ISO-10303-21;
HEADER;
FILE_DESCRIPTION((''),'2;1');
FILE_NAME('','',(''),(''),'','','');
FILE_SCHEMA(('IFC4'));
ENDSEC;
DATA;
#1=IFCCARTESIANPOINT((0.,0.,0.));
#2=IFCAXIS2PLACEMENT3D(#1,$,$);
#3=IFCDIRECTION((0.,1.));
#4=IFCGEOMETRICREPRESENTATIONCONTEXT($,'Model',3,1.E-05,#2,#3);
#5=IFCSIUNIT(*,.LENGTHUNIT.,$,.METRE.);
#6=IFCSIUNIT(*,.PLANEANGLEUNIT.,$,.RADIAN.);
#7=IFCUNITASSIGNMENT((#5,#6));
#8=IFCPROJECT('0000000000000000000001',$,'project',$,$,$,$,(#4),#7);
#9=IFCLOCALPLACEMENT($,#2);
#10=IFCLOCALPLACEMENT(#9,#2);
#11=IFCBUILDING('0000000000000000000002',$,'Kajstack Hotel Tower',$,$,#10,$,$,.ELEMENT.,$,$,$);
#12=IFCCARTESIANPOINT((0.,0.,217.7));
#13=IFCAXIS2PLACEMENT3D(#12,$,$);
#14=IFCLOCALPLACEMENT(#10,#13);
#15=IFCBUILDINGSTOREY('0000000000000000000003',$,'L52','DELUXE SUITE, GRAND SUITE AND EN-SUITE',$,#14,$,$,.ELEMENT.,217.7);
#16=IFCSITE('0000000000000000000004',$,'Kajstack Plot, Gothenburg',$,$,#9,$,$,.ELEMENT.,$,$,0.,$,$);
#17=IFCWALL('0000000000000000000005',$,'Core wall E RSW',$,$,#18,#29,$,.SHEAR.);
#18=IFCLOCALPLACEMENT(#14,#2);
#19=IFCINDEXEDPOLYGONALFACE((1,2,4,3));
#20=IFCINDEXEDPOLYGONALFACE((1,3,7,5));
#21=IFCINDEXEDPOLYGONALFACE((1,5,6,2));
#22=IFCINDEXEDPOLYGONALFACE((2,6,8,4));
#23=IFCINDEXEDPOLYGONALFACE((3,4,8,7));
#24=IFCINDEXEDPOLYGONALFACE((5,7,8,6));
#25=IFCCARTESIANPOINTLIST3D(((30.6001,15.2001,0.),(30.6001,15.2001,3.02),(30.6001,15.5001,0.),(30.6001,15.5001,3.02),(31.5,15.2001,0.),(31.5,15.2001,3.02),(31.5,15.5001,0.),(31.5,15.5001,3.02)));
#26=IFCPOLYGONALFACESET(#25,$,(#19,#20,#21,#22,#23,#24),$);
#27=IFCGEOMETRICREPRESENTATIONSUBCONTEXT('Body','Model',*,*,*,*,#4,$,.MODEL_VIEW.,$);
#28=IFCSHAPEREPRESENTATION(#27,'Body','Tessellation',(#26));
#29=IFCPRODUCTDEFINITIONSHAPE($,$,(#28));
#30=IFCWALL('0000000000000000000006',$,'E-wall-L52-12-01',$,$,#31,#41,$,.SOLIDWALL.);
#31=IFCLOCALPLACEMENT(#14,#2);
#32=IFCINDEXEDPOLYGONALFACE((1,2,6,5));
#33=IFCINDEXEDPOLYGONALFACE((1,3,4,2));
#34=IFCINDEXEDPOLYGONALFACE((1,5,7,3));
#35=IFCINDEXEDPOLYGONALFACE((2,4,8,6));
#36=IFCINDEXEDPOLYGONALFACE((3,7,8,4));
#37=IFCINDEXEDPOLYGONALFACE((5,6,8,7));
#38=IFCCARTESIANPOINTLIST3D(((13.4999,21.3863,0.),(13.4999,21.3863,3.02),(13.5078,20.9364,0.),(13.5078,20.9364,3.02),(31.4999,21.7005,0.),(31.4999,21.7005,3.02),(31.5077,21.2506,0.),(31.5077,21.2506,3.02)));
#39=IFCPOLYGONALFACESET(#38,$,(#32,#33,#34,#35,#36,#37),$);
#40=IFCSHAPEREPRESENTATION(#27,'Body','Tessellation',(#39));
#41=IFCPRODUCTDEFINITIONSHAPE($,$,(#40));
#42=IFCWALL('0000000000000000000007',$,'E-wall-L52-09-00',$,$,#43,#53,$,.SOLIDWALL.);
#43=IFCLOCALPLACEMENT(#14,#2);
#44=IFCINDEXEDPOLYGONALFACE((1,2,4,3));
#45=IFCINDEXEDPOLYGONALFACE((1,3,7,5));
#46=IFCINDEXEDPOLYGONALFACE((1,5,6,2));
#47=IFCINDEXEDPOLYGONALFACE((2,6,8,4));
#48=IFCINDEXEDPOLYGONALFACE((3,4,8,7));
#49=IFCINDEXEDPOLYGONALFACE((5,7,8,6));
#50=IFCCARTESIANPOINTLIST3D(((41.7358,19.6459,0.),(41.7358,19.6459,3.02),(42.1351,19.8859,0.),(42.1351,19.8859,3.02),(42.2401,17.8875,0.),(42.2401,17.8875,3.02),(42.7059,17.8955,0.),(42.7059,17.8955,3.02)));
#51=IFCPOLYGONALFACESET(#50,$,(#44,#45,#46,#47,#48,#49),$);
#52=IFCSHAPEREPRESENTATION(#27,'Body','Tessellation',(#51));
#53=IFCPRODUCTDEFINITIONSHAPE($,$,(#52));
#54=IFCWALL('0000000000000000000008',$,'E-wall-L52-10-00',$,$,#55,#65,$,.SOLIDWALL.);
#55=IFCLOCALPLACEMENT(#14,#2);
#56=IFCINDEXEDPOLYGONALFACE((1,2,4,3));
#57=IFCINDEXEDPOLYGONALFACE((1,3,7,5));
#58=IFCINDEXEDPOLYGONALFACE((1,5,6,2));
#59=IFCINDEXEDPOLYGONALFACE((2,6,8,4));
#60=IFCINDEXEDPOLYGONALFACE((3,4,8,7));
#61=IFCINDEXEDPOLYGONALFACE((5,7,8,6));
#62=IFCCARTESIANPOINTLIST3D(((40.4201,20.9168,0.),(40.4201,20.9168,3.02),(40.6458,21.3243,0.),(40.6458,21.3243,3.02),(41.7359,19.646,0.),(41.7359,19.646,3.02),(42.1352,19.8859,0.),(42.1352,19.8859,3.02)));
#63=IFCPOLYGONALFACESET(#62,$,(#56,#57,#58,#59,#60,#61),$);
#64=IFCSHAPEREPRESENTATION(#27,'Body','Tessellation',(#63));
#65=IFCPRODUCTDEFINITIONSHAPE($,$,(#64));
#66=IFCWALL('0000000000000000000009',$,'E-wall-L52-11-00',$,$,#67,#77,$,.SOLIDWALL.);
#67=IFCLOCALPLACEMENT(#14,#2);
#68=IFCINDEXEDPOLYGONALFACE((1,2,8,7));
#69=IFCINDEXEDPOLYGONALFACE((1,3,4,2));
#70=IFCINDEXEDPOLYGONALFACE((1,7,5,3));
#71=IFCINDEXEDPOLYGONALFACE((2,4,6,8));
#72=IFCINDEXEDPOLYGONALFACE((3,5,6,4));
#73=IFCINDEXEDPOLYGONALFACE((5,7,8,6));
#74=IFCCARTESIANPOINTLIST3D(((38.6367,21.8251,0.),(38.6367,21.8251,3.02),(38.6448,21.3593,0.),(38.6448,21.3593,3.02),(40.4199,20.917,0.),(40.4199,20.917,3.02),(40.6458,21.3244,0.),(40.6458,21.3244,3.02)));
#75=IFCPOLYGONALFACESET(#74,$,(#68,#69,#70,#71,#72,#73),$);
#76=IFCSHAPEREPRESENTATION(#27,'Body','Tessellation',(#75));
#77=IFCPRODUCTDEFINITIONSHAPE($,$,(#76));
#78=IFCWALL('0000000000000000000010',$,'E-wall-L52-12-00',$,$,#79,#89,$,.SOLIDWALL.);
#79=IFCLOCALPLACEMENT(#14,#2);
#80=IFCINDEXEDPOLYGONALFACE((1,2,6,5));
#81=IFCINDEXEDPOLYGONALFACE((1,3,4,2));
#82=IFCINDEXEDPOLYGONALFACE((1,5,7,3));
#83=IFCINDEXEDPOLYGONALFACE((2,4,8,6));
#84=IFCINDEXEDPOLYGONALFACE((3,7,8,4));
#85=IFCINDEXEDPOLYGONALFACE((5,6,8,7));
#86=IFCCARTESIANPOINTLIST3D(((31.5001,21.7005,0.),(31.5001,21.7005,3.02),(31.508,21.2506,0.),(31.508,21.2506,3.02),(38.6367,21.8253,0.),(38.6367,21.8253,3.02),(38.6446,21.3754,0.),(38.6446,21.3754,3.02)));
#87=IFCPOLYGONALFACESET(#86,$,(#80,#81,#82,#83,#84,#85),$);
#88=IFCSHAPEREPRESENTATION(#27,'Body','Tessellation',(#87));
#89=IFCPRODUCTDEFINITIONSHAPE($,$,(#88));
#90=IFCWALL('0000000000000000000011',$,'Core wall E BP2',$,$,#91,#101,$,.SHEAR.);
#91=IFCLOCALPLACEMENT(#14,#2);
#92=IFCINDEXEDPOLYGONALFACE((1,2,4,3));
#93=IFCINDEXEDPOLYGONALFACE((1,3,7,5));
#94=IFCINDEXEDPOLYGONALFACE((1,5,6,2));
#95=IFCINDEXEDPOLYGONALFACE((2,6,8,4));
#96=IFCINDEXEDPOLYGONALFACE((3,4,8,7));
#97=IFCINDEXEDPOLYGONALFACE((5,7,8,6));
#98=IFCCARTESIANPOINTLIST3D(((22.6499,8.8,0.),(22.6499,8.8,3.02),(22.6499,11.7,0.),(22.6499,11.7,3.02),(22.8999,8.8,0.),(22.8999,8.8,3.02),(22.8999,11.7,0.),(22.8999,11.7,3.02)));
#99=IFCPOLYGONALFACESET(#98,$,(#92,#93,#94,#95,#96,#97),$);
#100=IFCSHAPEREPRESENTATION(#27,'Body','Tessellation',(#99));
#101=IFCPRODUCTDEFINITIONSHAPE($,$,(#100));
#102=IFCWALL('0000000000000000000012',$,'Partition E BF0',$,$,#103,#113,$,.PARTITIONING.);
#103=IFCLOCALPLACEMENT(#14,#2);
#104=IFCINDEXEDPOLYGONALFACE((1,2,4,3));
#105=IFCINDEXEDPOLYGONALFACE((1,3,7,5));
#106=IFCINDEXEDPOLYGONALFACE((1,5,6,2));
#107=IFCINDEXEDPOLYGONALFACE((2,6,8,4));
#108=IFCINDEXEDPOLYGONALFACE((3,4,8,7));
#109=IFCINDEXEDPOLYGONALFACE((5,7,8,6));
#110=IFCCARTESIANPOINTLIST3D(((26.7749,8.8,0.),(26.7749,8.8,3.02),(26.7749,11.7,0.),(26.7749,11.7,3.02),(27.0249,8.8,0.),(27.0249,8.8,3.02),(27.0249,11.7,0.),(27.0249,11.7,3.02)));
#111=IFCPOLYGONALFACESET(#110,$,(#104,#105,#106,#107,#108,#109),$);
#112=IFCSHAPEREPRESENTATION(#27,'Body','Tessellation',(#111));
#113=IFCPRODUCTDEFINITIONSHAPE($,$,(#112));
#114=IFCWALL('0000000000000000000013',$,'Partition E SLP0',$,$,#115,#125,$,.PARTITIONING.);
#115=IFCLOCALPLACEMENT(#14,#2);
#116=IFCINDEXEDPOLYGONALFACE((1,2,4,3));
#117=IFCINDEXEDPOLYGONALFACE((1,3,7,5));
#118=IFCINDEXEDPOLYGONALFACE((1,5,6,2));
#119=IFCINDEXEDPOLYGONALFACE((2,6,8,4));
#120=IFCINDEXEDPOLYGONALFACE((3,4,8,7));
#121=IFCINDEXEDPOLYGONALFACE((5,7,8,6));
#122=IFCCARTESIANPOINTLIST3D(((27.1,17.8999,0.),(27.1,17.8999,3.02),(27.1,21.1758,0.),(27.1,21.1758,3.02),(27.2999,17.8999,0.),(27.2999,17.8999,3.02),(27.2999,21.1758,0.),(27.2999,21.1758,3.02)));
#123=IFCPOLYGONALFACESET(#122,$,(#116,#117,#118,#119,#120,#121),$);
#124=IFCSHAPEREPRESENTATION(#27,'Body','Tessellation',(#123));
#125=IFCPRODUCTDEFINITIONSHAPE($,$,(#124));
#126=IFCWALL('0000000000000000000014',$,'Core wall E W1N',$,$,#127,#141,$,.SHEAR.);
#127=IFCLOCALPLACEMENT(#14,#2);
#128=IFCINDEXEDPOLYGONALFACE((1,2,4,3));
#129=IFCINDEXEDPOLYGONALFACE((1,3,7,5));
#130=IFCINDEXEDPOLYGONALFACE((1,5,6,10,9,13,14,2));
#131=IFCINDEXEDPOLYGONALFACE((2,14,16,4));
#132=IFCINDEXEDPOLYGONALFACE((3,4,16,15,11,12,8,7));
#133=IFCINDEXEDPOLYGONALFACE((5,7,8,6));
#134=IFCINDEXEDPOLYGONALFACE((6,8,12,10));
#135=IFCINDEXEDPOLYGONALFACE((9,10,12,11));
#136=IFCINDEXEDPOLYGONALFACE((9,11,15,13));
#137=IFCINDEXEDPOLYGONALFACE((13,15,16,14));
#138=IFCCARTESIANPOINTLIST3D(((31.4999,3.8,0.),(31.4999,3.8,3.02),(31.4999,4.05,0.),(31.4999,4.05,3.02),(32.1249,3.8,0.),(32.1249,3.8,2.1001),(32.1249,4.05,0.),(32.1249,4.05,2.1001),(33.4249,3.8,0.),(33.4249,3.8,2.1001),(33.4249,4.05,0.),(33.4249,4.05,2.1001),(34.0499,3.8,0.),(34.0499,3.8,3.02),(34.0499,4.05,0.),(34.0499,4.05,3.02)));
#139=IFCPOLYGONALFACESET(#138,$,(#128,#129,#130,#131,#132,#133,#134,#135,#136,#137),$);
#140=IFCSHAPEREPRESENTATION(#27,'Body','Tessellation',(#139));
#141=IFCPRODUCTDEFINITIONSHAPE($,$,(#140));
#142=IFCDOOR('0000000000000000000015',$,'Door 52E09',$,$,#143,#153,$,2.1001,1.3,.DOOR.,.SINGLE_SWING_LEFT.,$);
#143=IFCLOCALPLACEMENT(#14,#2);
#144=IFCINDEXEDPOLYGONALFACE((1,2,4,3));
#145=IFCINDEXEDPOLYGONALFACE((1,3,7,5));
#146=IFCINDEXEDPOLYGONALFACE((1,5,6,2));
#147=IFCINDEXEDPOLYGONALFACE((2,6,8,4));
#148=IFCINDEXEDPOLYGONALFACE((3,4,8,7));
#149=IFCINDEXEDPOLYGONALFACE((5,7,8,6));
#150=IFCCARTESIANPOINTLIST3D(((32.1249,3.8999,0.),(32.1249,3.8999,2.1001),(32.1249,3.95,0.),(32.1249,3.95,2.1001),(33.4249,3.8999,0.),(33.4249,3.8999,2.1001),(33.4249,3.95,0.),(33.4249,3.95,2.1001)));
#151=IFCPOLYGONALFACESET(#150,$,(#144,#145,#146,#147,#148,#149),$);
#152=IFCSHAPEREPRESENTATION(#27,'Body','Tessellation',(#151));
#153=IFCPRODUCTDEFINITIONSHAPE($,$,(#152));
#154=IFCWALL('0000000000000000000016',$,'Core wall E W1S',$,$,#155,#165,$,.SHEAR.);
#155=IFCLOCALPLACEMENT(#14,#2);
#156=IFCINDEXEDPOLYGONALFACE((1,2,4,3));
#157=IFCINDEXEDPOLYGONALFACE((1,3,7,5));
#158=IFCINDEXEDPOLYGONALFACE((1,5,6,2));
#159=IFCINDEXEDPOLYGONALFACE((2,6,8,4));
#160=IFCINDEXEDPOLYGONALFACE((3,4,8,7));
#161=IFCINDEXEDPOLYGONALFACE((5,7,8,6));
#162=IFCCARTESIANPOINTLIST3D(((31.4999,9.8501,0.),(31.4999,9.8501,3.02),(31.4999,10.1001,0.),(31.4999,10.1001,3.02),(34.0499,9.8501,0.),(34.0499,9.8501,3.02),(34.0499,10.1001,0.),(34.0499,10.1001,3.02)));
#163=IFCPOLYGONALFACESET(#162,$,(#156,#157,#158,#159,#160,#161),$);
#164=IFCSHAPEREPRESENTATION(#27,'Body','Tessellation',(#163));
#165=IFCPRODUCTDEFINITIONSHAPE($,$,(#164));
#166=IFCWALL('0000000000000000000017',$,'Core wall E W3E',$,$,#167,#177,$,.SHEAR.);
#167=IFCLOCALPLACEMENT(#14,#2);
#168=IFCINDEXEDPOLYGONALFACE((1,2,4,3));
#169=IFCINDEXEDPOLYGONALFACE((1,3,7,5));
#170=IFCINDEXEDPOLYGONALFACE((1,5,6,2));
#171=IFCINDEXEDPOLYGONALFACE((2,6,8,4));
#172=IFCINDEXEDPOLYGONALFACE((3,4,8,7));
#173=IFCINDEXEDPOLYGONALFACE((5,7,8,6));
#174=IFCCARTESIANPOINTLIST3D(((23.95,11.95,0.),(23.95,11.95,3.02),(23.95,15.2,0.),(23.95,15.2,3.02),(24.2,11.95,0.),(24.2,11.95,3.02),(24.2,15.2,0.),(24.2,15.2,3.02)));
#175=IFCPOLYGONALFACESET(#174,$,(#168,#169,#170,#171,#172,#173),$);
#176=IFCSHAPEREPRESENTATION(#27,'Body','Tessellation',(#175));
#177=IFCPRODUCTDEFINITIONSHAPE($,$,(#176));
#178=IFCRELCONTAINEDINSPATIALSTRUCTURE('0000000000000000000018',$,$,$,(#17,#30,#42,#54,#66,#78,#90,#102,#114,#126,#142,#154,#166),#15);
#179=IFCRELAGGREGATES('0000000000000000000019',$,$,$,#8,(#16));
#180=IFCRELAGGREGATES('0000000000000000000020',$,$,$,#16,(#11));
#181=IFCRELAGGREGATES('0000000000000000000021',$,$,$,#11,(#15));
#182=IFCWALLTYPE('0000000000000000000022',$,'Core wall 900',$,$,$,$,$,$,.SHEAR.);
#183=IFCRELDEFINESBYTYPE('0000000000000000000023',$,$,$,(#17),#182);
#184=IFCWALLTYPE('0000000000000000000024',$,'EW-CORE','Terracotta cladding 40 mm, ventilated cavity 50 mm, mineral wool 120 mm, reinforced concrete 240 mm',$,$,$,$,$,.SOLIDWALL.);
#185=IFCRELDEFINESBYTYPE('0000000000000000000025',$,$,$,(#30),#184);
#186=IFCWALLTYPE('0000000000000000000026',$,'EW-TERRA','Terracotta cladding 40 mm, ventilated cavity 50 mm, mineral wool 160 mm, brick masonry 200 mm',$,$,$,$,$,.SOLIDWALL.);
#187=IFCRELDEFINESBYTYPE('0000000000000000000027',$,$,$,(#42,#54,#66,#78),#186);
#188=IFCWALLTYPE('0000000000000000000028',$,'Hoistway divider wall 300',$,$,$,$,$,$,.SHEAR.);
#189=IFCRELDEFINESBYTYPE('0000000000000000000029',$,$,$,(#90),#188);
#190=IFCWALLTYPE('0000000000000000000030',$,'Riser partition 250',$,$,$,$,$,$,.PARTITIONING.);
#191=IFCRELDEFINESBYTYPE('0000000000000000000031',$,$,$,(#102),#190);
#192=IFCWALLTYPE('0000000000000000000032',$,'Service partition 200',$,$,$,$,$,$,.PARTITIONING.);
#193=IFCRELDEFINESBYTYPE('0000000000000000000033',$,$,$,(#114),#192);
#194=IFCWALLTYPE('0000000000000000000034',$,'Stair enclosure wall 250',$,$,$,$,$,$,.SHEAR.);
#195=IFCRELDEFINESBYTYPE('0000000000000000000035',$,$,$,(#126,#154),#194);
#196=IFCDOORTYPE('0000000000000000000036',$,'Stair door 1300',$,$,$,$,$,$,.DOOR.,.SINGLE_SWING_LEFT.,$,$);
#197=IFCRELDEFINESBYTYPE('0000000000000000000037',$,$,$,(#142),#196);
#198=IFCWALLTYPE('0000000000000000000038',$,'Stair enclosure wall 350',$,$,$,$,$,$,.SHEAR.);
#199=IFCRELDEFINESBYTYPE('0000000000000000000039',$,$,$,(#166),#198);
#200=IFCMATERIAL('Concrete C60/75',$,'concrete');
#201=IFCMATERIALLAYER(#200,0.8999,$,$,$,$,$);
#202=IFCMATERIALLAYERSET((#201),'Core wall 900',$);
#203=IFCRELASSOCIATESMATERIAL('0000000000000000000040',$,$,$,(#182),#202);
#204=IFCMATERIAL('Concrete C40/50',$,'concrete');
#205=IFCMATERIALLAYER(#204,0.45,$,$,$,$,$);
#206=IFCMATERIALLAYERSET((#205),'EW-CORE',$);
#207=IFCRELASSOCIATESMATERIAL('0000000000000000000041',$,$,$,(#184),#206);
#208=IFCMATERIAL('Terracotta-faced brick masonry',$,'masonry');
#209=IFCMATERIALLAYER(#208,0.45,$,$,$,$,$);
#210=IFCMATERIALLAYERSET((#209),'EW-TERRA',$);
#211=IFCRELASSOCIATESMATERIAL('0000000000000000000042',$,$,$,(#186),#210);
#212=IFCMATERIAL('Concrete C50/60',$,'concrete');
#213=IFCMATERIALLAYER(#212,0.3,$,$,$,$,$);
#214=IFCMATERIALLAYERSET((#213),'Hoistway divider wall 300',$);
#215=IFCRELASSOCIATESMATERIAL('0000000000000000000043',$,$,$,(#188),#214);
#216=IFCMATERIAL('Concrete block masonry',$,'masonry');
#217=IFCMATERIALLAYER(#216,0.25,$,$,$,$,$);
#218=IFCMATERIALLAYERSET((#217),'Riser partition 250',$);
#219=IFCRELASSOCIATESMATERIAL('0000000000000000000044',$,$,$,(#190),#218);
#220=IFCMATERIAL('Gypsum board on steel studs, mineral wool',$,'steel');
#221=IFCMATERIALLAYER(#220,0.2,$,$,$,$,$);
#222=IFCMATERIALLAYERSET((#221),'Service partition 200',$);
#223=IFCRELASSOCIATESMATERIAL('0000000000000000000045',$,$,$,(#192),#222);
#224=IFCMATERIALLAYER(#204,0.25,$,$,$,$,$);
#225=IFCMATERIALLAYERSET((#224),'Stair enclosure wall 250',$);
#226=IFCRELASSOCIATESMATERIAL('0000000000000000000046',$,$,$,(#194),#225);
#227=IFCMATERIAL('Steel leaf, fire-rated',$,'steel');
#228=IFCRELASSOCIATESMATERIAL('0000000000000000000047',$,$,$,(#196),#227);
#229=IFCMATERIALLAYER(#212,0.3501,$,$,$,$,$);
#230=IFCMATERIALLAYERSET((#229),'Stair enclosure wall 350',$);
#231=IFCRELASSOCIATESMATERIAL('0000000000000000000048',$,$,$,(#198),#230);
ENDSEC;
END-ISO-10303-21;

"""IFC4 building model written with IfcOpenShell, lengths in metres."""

from ifc_helpers import new_model, si_unit, direction, frame, frame_2d, origin, place, context, subcontext, project, spatial, polyline, rectangle, outline, extrude, material, layer, layer_set, type_object, element, fill, save


model = new_model("IFC4")

# Units and contexts
model_context = context("Model", 3, precision=1e-05, world=origin(), true_north=direction((0.0, 1.0)))
body_context = subcontext(model_context, "Body", "Model", "MODEL_VIEW")
ifc_project = project(units=[si_unit("LENGTHUNIT", "METRE"), si_unit("PLANEANGLEUNIT", "RADIAN")], contexts=[model_context])

# Site, building, storey
site_placement = place(None, origin())
site = spatial("IfcSite", under=ifc_project, at=site_placement, Name="Kajstack Plot, Gothenburg", CompositionType="ELEMENT", RefElevation=0.0)
building_placement = place(site_placement, origin())
building = spatial("IfcBuilding", under=site, at=building_placement, Name="Kajstack Hotel Tower", CompositionType="ELEMENT")
storey_placement = place(building_placement, frame((0.0, 0.0, 217.7)))
storey = spatial("IfcBuildingStorey", under=building, at=storey_placement, Name="L52", Description="DELUXE SUITE, GRAND SUITE AND EN-SUITE", CompositionType="ELEMENT", Elevation=217.7)

# Walls
ifc_material_1 = material(Name="Concrete C60/75", Category="concrete")
ifc_layer_1 = layer(ifc_material_1, 0.8999)
ifc_layer_set_1 = layer_set([ifc_layer_1], Name="Core wall 900")
wall_type_1 = type_object("IfcWallType", Name="Core wall 900", PredefinedType="SHEAR", material=ifc_layer_set_1)
wall_1_placement = place(storey_placement, frame((30.6001, 15.3501, 0.0), z_axis=(0.0, 0.0, 1.0), x_axis=(1.0, 0.0, 0.0)))
element("IfcWall", 1, at=wall_1_placement, inside=storey, type_object=wall_type_1, Name="Core wall E RSW", PredefinedType="SHEAR", context=body_context, shape_type="SweptSolid", body=[
    extrude(rectangle(XDim=0.8999, YDim=0.3, at=frame_2d((0.45, 0.0))), origin(), (0.0, 0.0, 1.0), 3.02),
])
ifc_material_2 = material(Name="Concrete C40/50", Category="concrete")
ifc_layer_2 = layer(ifc_material_2, 0.45)
ifc_layer_set_2 = layer_set([ifc_layer_2], Name="EW-CORE")
wall_type_2 = type_object("IfcWallType", Name="EW-CORE", Description="Terracotta cladding 40 mm, ventilated cavity 50 mm, mineral wool 120 mm, reinforced concrete 240 mm", PredefinedType="SOLIDWALL", material=ifc_layer_set_2)
wall_2_placement = place(storey_placement, frame((31.5039, 21.4756, 0.0), z_axis=(0.0, 0.0, 1.0), x_axis=(-0.999848, -0.017453, 0.0)))
element("IfcWall", 2, at=wall_2_placement, inside=storey, type_object=wall_type_2, Name="E-wall-L52-12-01", PredefinedType="SOLIDWALL", context=body_context, shape_type="SweptSolid", body=[
    extrude(rectangle(XDim=18.0027, YDim=0.45, at=frame_2d((9.0015, 0.0))), origin(), (0.0, 0.0, 1.0), 3.02),
])
ifc_material_3 = material(Name="Terracotta-faced brick masonry", Category="masonry")
ifc_layer_3 = layer(ifc_material_3, 0.45)
ifc_layer_set_3 = layer_set([ifc_layer_3], Name="EW-TERRA")
wall_type_3 = type_object("IfcWallType", Name="EW-TERRA", Description="Terracotta cladding 40 mm, ventilated cavity 50 mm, mineral wool 160 mm, brick masonry 200 mm", PredefinedType="SOLIDWALL", material=ifc_layer_set_3)
wall_3_placement = place(storey_placement, frame((42.4895, 17.8335, 0.0), z_axis=(0.0, 0.0, 1.0), x_axis=(-0.275546, 0.961288, 0.0)))
element("IfcWall", 3, at=wall_3_placement, inside=storey, type_object=wall_type_3, Name="E-wall-L52-09-00", PredefinedType="SOLIDWALL", context=body_context, shape_type="SweptSolid", body=[
    extrude(outline(polyline([(0.0, -0.2251), (2.0706, -0.2249), (1.95, 0.2251), (0.1206, 0.2249), (0.0, -0.2251)])), origin(), (0.0, 0.0, 1.0), 3.02),
])
wall_4_placement = place(storey_placement, frame((41.979, 19.7241, 0.0), z_axis=(0.0, 0.0, 1.0), x_axis=(-0.719379, 0.694618, 0.0)))
element("IfcWall", 4, at=wall_4_placement, inside=storey, type_object=wall_type_3, Name="E-wall-L52-10-00", PredefinedType="SOLIDWALL", context=body_context, shape_type="SweptSolid", body=[
    extrude(outline(polyline([(0.0, -0.2249), (2.0706, -0.2251), (1.95, 0.2249), (0.1206, 0.2251), (0.0, -0.2249)])), origin(), (0.0, 0.0, 1.0), 3.02),
])
wall_5_placement = place(storey_placement, frame((40.5913, 21.106, 0.0), z_axis=(0.0, 0.0, 1.0), x_axis=(-0.970288, 0.241953, 0.0)))
element("IfcWall", 5, at=wall_5_placement, inside=storey, type_object=wall_type_3, Name="E-wall-L52-11-00", PredefinedType="SOLIDWALL", context=body_context, shape_type="SweptSolid", body=[
    extrude(outline(polyline([(0.0, -0.2251), (2.0706, -0.2249), (1.95, 0.2251), (0.1206, 0.2249), (0.0, -0.2251)])), origin(), (0.0, 0.0, 1.0), 3.02),
])
wall_6_placement = place(storey_placement, frame((38.6406, 21.6003, 0.0), z_axis=(0.0, 0.0, 1.0), x_axis=(-0.999847, -0.017478, 0.0)))
element("IfcWall", 6, at=wall_6_placement, inside=storey, type_object=wall_type_3, Name="E-wall-L52-12-00", PredefinedType="SOLIDWALL", context=body_context, shape_type="SweptSolid", body=[
    extrude(rectangle(XDim=7.1377, YDim=0.45, at=frame_2d((3.5688, 0.0))), origin(), (0.0, 0.0, 1.0), 3.02),
])
ifc_material_4 = material(Name="Concrete C50/60", Category="concrete")
ifc_layer_4 = layer(ifc_material_4, 0.3)
ifc_layer_set_4 = layer_set([ifc_layer_4], Name="Hoistway divider wall 300")
wall_type_4 = type_object("IfcWallType", Name="Hoistway divider wall 300", PredefinedType="SHEAR", material=ifc_layer_set_4)
wall_7_placement = place(storey_placement, frame((22.7749, 8.8, 0.0), z_axis=(0.0, 0.0, 1.0), x_axis=(0.0, 1.0, 0.0)))
element("IfcWall", 7, at=wall_7_placement, inside=storey, type_object=wall_type_4, Name="Core wall E BP2", PredefinedType="SHEAR", context=body_context, shape_type="SweptSolid", body=[
    extrude(rectangle(XDim=2.8999, YDim=0.25, at=frame_2d((1.45, 0.0))), origin(), (0.0, 0.0, 1.0), 3.02),
])
ifc_material_5 = material(Name="Concrete block masonry", Category="masonry")
ifc_layer_5 = layer(ifc_material_5, 0.25)
ifc_layer_set_5 = layer_set([ifc_layer_5], Name="Riser partition 250")
wall_type_5 = type_object("IfcWallType", Name="Riser partition 250", PredefinedType="PARTITIONING", material=ifc_layer_set_5)
wall_8_placement = place(storey_placement, frame((26.8999, 8.8, 0.0), z_axis=(0.0, 0.0, 1.0), x_axis=(0.0, 1.0, 0.0)))
element("IfcWall", 8, at=wall_8_placement, inside=storey, type_object=wall_type_5, Name="Partition E BF0", PredefinedType="PARTITIONING", context=body_context, shape_type="SweptSolid", body=[
    extrude(rectangle(XDim=2.8999, YDim=0.25, at=frame_2d((1.45, 0.0))), origin(), (0.0, 0.0, 1.0), 3.02),
])
ifc_material_6 = material(Name="Gypsum board on steel studs, mineral wool", Category="steel")
ifc_layer_6 = layer(ifc_material_6, 0.2)
ifc_layer_set_6 = layer_set([ifc_layer_6], Name="Service partition 200")
wall_type_6 = type_object("IfcWallType", Name="Service partition 200", PredefinedType="PARTITIONING", material=ifc_layer_set_6)
wall_9_placement = place(storey_placement, frame((27.2, 17.8999, 0.0), z_axis=(0.0, 0.0, 1.0), x_axis=(0.0, 1.0, 0.0)))
element("IfcWall", 9, at=wall_9_placement, inside=storey, type_object=wall_type_6, Name="Partition E SLP0", PredefinedType="PARTITIONING", context=body_context, shape_type="SweptSolid", body=[
    extrude(rectangle(XDim=3.2759, YDim=0.2, at=frame_2d((1.6379, 0.0))), origin(), (0.0, 0.0, 1.0), 3.02),
])

# Wall, opening, door
ifc_layer_7 = layer(ifc_material_2, 0.25)
ifc_layer_set_7 = layer_set([ifc_layer_7], Name="Stair enclosure wall 250")
wall_type_7 = type_object("IfcWallType", Name="Stair enclosure wall 250", PredefinedType="SHEAR", material=ifc_layer_set_7)
wall_10_placement = place(storey_placement, frame((31.5, 3.925, 0.0), z_axis=(0.0, 0.0, 1.0), x_axis=(1.0, 0.0, 0.0)))
wall_10 = element("IfcWall", 10, at=wall_10_placement, inside=storey, type_object=wall_type_7, Name="Core wall E W1N", PredefinedType="SHEAR", context=body_context, shape_type="SweptSolid", body=[
    extrude(rectangle(XDim=2.55, YDim=0.25, at=frame_2d((1.2749, 0.0))), origin(), (0.0, 0.0, 1.0), 3.02),
])
opening_placement = place(wall_10_placement, frame((0.625, 0.0, 0.0)))
opening = element("IfcOpeningElement", 11, at=opening_placement, cuts=wall_10, PredefinedType="OPENING", context=body_context, shape_type="SweptSolid", body=[
    extrude(rectangle(XDim=1.3, YDim=2.1001, at=frame_2d((0.6499, 1.05))), frame((0.0, 0.135, 0.0), z_axis=(0.0, -1.0, 0.0), x_axis=(1.0, 0.0, 0.0)), (0.0, 0.0, 1.0), 0.27),
])
ifc_material_7 = material(Name="Steel leaf, fire-rated", Category="steel")
door_type = type_object("IfcDoorType", Name="Stair door 1300", OperationType="SINGLE_SWING_LEFT", PredefinedType="DOOR", material=ifc_material_7)
door_placement = place(opening_placement, origin())
door = element("IfcDoor", 12, at=door_placement, inside=storey, type_object=door_type, Name="Door 52E09", OperationType="SINGLE_SWING_LEFT", OverallHeight=2.1001, OverallWidth=1.3, PredefinedType="DOOR", context=body_context, shape_type="SweptSolid", body=[
    extrude(rectangle(XDim=1.3, YDim=2.1001, at=frame_2d((0.6499, 1.05))), frame((0.0, 0.0249, 0.0), z_axis=(0.0, -1.0, 0.0), x_axis=(1.0, 0.0, 0.0)), (0.0, 0.0, 1.0), 0.05),
])
fill(opening, door)

# Walls
wall_11_placement = place(storey_placement, frame((31.5, 9.9751, 0.0), z_axis=(0.0, 0.0, 1.0), x_axis=(1.0, 0.0, 0.0)))
element("IfcWall", 13, at=wall_11_placement, inside=storey, type_object=wall_type_7, Name="Core wall E W1S", PredefinedType="SHEAR", context=body_context, shape_type="SweptSolid", body=[
    extrude(rectangle(XDim=2.55, YDim=0.25, at=frame_2d((1.2749, 0.0))), origin(), (0.0, 0.0, 1.0), 3.02),
])
ifc_layer_8 = layer(ifc_material_4, 0.3501)
ifc_layer_set_8 = layer_set([ifc_layer_8], Name="Stair enclosure wall 350")
wall_type_8 = type_object("IfcWallType", Name="Stair enclosure wall 350", PredefinedType="SHEAR", material=ifc_layer_set_8)
wall_12_placement = place(storey_placement, frame((24.075, 11.95, 0.0), z_axis=(0.0, 0.0, 1.0), x_axis=(0.0, 1.0, 0.0)))
element("IfcWall", 14, at=wall_12_placement, inside=storey, type_object=wall_type_8, Name="Core wall E W3E", PredefinedType="SHEAR", context=body_context, shape_type="SweptSolid", body=[
    extrude(rectangle(XDim=3.25, YDim=0.25, at=frame_2d((1.625, 0.0))), origin(), (0.0, 0.0, 1.0), 3.02),
])

save(model, "model.ifc")
